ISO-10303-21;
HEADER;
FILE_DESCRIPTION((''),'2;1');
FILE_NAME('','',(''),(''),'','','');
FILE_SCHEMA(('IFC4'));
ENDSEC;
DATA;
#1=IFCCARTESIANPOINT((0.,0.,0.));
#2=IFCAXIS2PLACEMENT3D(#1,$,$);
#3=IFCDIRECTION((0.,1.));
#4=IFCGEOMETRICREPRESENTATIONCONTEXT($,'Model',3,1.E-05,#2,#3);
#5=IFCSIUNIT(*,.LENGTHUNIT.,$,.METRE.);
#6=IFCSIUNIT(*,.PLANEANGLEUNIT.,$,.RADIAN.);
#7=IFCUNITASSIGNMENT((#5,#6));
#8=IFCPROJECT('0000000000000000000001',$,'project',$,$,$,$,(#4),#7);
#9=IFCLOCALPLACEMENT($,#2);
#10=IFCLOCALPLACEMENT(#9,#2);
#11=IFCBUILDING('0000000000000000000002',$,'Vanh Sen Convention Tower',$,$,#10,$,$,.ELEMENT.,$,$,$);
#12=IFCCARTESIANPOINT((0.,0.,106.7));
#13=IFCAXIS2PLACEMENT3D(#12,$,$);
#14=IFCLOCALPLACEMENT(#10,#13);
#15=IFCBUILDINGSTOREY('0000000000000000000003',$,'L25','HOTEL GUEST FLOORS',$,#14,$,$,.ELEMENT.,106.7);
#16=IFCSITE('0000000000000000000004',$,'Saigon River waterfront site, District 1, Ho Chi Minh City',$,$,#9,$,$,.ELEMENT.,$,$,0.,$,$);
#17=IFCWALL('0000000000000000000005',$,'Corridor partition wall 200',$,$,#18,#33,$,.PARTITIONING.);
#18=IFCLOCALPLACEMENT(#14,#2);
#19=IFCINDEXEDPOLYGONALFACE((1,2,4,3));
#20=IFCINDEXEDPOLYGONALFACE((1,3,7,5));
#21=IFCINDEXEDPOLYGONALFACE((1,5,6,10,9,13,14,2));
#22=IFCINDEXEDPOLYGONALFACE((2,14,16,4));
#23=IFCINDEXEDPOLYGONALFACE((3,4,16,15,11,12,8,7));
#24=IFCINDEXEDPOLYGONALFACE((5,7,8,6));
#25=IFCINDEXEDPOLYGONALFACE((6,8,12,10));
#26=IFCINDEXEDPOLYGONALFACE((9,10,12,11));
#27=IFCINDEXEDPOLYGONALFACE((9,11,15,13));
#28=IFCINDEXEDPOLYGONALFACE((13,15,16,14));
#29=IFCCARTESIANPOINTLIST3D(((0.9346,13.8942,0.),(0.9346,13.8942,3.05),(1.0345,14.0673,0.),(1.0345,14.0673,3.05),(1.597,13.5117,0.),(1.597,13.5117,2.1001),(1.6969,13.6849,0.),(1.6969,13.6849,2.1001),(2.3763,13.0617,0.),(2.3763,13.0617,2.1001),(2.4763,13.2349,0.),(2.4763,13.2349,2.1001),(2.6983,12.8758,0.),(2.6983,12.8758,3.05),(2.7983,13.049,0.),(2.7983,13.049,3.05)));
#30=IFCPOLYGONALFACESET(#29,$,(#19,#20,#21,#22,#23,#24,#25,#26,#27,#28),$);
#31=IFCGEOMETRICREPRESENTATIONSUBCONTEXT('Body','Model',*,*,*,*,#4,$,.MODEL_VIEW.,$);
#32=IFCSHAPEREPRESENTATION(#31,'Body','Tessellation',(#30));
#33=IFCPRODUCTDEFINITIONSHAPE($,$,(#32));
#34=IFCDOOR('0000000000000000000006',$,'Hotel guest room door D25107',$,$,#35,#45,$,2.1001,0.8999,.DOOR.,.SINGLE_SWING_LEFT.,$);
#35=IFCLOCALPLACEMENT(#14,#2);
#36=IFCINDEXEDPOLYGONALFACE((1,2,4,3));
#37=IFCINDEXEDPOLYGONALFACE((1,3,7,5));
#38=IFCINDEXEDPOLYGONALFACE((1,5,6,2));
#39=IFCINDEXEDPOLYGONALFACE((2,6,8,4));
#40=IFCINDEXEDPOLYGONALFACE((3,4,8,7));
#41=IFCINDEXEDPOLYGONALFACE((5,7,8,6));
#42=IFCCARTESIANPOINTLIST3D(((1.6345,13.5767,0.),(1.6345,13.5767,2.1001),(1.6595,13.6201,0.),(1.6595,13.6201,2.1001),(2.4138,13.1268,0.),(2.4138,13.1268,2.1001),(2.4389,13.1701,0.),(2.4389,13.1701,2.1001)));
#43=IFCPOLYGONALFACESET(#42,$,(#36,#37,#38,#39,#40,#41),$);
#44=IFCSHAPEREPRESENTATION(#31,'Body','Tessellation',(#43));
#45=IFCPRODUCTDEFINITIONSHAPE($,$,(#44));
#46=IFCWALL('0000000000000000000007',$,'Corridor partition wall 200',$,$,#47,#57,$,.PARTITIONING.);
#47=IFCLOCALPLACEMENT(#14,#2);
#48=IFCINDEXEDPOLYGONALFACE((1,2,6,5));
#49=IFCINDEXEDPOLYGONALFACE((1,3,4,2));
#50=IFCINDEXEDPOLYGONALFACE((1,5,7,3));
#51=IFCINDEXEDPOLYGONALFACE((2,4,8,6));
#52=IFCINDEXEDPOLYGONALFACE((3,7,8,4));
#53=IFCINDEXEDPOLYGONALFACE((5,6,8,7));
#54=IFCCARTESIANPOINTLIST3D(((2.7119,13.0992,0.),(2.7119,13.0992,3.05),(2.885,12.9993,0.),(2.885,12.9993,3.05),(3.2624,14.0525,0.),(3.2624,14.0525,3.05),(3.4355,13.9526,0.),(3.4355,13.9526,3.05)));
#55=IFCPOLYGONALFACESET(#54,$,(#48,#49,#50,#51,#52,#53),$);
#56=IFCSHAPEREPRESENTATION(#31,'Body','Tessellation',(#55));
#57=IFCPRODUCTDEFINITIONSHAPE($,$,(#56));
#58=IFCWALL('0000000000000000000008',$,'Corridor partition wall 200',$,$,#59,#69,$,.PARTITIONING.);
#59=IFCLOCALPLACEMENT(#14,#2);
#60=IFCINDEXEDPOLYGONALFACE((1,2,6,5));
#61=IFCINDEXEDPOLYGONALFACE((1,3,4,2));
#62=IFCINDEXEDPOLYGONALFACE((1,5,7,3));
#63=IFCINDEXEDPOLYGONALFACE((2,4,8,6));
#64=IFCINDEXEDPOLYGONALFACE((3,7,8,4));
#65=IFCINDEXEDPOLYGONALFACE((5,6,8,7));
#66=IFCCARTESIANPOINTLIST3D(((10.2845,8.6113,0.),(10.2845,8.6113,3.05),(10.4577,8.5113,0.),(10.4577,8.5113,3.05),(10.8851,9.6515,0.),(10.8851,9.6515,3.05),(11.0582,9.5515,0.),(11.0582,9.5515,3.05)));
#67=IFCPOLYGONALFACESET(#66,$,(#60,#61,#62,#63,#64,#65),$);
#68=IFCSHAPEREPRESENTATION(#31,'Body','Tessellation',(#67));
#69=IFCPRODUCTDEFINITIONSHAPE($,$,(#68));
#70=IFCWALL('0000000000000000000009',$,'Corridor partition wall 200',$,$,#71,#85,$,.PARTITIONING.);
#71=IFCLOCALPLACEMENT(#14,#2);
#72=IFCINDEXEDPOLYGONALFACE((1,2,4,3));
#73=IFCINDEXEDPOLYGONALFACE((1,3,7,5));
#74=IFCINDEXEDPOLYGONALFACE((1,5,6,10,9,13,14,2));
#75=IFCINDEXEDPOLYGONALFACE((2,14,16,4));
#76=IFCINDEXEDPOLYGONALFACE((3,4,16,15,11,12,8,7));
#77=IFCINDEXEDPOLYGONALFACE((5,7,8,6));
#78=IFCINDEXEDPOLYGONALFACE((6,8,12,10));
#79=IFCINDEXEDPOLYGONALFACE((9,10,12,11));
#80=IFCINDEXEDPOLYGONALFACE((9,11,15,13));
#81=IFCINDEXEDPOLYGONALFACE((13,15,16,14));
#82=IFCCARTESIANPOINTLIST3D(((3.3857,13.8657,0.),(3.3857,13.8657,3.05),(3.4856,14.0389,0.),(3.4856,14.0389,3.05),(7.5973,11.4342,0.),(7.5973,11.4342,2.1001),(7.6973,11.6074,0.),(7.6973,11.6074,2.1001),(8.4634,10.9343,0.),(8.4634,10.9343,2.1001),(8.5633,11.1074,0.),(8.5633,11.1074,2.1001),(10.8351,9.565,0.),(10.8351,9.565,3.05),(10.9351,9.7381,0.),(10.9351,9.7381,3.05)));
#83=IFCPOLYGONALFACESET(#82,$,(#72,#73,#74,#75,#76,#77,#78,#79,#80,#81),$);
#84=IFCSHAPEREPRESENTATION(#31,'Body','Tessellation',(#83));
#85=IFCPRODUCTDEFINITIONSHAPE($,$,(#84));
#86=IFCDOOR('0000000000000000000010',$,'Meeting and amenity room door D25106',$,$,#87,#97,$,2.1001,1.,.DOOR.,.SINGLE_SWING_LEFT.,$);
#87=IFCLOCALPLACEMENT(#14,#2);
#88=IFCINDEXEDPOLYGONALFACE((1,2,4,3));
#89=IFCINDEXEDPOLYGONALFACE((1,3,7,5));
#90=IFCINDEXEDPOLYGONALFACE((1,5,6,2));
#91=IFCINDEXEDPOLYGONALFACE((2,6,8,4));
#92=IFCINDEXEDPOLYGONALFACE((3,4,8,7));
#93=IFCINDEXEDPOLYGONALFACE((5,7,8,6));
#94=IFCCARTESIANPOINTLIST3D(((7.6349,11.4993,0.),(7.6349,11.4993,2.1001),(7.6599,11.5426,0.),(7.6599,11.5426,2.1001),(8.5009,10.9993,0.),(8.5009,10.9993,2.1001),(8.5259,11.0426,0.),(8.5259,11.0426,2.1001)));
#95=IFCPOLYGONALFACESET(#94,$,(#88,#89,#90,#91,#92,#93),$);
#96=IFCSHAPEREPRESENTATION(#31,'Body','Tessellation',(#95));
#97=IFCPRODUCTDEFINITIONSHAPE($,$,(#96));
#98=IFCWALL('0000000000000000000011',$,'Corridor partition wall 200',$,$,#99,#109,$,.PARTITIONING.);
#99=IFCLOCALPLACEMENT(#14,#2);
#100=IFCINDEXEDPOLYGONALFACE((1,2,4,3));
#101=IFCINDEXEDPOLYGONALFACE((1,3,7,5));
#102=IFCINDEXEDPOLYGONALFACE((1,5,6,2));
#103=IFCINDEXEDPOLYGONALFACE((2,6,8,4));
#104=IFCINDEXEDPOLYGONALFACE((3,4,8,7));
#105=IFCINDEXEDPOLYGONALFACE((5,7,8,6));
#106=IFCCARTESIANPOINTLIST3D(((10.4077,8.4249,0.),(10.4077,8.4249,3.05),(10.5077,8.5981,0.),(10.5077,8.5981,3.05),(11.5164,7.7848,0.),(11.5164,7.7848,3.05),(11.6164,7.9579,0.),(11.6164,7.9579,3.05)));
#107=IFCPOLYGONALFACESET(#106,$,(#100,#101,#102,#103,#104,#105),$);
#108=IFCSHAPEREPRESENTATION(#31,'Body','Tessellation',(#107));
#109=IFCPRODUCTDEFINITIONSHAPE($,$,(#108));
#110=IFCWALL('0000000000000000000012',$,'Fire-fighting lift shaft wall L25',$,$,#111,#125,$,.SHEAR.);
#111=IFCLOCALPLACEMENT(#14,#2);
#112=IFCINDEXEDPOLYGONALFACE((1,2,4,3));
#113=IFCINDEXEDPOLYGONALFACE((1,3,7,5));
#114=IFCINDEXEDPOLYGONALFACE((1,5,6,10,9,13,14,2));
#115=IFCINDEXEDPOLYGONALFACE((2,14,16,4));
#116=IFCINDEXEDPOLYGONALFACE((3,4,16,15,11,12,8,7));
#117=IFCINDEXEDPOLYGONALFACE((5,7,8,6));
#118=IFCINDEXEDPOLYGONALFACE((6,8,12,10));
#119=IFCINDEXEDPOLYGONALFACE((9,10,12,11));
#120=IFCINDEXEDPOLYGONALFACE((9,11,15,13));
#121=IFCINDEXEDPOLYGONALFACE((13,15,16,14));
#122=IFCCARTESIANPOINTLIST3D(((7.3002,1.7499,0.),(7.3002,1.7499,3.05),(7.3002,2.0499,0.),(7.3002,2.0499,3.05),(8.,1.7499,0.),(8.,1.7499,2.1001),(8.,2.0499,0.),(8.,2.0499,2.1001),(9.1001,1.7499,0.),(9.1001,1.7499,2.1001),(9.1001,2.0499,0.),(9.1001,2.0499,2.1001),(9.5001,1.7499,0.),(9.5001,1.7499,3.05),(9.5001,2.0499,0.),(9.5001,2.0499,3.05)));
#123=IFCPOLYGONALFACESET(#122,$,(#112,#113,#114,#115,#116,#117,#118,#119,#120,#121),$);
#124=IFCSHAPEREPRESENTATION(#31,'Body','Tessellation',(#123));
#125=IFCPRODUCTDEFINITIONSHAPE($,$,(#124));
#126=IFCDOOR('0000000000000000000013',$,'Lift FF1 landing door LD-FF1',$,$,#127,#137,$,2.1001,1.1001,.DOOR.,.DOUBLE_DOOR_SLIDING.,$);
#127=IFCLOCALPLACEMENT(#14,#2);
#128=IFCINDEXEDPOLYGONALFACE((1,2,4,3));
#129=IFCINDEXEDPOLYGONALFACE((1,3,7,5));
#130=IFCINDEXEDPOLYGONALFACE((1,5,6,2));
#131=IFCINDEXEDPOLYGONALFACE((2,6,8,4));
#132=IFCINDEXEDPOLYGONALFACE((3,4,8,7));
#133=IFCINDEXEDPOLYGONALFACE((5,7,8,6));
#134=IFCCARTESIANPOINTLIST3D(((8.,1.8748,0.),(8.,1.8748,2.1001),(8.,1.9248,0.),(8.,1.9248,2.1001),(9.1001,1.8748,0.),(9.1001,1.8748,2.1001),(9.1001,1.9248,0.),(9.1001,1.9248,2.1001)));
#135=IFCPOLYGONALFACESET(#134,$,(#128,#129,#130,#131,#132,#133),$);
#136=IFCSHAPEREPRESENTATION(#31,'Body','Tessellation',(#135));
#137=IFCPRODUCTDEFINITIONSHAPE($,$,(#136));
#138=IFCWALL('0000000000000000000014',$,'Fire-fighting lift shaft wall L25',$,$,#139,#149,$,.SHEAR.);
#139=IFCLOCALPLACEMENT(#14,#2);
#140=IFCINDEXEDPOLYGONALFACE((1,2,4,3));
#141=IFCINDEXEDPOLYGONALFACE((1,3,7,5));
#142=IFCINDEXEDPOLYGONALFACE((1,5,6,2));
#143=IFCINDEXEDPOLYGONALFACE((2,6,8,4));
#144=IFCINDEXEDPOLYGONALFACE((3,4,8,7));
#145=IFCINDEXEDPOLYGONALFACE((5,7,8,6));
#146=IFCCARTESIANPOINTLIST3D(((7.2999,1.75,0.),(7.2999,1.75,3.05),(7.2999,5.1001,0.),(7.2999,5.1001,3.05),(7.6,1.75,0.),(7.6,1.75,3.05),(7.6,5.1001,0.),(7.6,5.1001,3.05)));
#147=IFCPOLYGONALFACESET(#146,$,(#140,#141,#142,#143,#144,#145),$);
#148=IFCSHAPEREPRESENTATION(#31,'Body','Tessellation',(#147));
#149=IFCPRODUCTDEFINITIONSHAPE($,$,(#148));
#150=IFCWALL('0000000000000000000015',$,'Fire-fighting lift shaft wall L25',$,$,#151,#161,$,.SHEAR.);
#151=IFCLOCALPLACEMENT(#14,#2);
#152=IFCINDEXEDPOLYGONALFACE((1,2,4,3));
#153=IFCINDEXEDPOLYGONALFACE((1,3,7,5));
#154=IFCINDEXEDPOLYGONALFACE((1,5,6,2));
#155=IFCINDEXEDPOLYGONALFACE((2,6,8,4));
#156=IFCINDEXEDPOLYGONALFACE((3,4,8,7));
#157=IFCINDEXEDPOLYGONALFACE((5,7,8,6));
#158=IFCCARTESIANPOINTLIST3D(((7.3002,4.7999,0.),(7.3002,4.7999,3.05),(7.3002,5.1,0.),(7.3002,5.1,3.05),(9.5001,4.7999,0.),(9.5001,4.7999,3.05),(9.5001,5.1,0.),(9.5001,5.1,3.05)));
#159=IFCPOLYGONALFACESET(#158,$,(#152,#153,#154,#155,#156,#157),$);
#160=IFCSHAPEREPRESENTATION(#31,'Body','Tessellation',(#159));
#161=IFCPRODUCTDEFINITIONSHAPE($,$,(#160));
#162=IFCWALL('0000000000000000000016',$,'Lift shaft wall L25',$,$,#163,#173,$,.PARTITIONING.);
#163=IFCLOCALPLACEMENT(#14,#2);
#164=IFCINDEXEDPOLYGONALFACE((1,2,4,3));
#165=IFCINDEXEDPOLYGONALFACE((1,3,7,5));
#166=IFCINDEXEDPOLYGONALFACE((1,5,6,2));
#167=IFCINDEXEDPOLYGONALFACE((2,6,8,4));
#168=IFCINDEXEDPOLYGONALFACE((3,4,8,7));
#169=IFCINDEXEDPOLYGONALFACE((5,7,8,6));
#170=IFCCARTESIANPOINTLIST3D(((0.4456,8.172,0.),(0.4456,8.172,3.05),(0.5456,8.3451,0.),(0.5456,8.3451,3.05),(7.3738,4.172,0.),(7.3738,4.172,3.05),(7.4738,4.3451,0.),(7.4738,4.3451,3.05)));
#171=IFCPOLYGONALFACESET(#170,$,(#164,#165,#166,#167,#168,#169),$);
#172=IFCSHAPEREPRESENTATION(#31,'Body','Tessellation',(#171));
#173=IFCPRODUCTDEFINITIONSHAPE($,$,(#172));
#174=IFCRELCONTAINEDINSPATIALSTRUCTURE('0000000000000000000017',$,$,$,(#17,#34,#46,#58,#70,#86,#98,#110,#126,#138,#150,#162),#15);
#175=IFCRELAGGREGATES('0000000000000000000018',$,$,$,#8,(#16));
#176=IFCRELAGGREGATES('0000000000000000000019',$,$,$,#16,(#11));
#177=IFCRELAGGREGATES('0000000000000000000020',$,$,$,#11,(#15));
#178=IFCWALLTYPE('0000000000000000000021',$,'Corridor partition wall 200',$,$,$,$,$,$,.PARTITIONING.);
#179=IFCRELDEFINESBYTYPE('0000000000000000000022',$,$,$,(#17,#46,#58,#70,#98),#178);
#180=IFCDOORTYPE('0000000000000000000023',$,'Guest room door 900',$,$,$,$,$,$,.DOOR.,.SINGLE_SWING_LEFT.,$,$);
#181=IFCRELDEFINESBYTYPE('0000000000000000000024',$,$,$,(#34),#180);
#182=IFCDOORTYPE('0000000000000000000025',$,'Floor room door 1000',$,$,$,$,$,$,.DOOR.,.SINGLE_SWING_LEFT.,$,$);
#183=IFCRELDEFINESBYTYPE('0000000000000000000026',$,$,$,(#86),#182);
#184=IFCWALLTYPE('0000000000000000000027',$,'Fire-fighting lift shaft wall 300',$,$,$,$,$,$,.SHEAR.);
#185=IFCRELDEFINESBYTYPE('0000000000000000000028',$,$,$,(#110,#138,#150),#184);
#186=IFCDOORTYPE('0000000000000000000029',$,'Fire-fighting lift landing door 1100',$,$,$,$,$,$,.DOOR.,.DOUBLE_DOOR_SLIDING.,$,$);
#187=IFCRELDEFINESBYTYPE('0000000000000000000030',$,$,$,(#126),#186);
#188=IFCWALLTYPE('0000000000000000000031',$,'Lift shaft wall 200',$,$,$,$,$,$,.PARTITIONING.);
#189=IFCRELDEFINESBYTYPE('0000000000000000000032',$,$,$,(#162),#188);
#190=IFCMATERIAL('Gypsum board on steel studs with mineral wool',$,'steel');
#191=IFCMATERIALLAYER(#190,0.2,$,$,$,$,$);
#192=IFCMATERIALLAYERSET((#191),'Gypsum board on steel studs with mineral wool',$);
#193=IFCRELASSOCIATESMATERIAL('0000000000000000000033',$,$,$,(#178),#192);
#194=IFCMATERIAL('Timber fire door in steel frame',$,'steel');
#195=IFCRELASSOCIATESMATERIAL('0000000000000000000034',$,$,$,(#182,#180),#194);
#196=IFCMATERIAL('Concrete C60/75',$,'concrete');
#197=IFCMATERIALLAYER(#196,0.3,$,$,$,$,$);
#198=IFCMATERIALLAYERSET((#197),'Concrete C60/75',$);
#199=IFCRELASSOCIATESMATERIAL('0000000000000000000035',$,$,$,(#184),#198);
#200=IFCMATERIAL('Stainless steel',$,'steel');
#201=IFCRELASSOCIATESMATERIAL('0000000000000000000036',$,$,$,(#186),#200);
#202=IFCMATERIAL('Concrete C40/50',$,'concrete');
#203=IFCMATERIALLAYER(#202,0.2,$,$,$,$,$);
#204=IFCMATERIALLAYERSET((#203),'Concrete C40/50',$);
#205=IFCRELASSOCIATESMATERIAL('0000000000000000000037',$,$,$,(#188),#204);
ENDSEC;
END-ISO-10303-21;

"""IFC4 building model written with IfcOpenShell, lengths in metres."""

from ifc_helpers import new_model, si_unit, direction, frame, frame_2d, origin, place, context, subcontext, project, spatial, rectangle, extrude, material, layer, layer_set, type_object, element, fill, save


model = new_model("IFC4")

# Units and contexts
model_context = context("Model", 3, precision=1e-05, world=origin(), true_north=direction((0.0, 1.0)))
body_context = subcontext(model_context, "Body", "Model", "MODEL_VIEW")
ifc_project = project(units=[si_unit("LENGTHUNIT", "METRE"), si_unit("PLANEANGLEUNIT", "RADIAN")], contexts=[model_context])

# Site, building, storey
site_placement = place(None, origin())
site = spatial("IfcSite", under=ifc_project, at=site_placement, Name="Saigon River waterfront site, District 1, Ho Chi Minh City", CompositionType="ELEMENT", RefElevation=0.0)
building_placement = place(site_placement, origin())
building = spatial("IfcBuilding", under=site, at=building_placement, Name="Vanh Sen Convention Tower", CompositionType="ELEMENT")
storey_placement = place(building_placement, frame((0.0, 0.0, 106.7)))
storey = spatial("IfcBuildingStorey", under=building, at=storey_placement, Name="L25", Description="HOTEL GUEST FLOORS", CompositionType="ELEMENT", Elevation=106.7)

# Shared definitions
ifc_material_1 = material(Name="Stainless steel", Category="steel")

# Wall, opening, door
ifc_material_2 = material(Name="Gypsum board on steel studs with mineral wool", Category="steel")
ifc_layer_1 = layer(ifc_material_2, 0.2)
ifc_layer_set_1 = layer_set([ifc_layer_1], Name="Gypsum board on steel studs with mineral wool")
wall_type_1 = type_object("IfcWallType", Name="Corridor partition wall 200", PredefinedType="PARTITIONING", material=ifc_layer_set_1)
ifc_material_3 = material(Name="Timber fire door in steel frame", Category="steel")
door_type_1 = type_object("IfcDoorType", Name="Floor room door 1000", OperationType="SINGLE_SWING_LEFT", PredefinedType="DOOR", material=ifc_material_3)
wall_1_placement = place(storey_placement, frame((2.7483, 12.9624, 0.0), z_axis=(0.0, 0.0, 1.0), x_axis=(-0.866014, 0.50002, 0.0)))
wall_1 = element("IfcWall", 1, at=wall_1_placement, inside=storey, type_object=wall_type_1, Name="Corridor partition wall 200", PredefinedType="PARTITIONING", context=body_context, shape_type="SweptSolid", body=[
    extrude(rectangle(XDim=2.0366, YDim=0.2, at=frame_2d((1.0183, 0.0))), origin(), (0.0, 0.0, 1.0), 3.05),
])
opening_1_placement = place(wall_1_placement, frame((0.3718, 0.0, 0.0)))
opening_1 = element("IfcOpeningElement", 2, at=opening_1_placement, cuts=wall_1, PredefinedType="OPENING", context=body_context, shape_type="SweptSolid", body=[
    extrude(rectangle(XDim=0.8999, YDim=2.1001, at=frame_2d((0.45, 1.05))), frame((0.0, 0.1099, 0.0), z_axis=(0.0, -1.0, 0.0), x_axis=(1.0, 0.0, 0.0)), (0.0, 0.0, 1.0), 0.22),
])
door_type_2 = type_object("IfcDoorType", Name="Guest room door 900", OperationType="SINGLE_SWING_LEFT", PredefinedType="DOOR", material=ifc_material_3)
door_1_placement = place(opening_1_placement, origin())
door_1 = element("IfcDoor", 3, at=door_1_placement, inside=storey, type_object=door_type_2, Name="Hotel guest room door D25107", OperationType="SINGLE_SWING_LEFT", OverallHeight=2.1001, OverallWidth=0.8999, PredefinedType="DOOR", context=body_context, shape_type="SweptSolid", body=[
    extrude(rectangle(XDim=0.8999, YDim=2.1001, at=frame_2d((0.45, 1.05))), frame((0.0, 0.0249, 0.0), z_axis=(0.0, -1.0, 0.0), x_axis=(1.0, 0.0, 0.0)), (0.0, 0.0, 1.0), 0.05),
])
fill(opening_1, door_1)

# Walls
wall_2_placement = place(storey_placement, frame((3.3489, 14.0024, 0.0), z_axis=(0.0, 0.0, 1.0), x_axis=(-0.500074, -0.865982, 0.0)))
element("IfcWall", 4, at=wall_2_placement, inside=storey, type_object=wall_type_1, Name="Corridor partition wall 200", PredefinedType="PARTITIONING", context=body_context, shape_type="SweptSolid", body=[
    extrude(rectangle(XDim=1.1008, YDim=0.2, at=frame_2d((0.5503, 0.0))), origin(), (0.0, 0.0, 1.0), 3.05),
])
wall_3_placement = place(storey_placement, frame((10.3711, 8.5613, 0.0), z_axis=(0.0, 0.0, 1.0), x_axis=(0.499986, 0.866033, 0.0)))
element("IfcWall", 5, at=wall_3_placement, inside=storey, type_object=wall_type_1, Name="Corridor partition wall 200", PredefinedType="PARTITIONING", context=body_context, shape_type="SweptSolid", body=[
    extrude(rectangle(XDim=1.2012, YDim=0.2, at=frame_2d((0.6006, 0.0))), origin(), (0.0, 0.0, 1.0), 3.05),
])

# Wall, opening, door
wall_4_placement = place(storey_placement, frame((10.885, 9.6516, 0.0), z_axis=(0.0, 0.0, 1.0), x_axis=(-0.866034, 0.499985, 0.0)))
wall_4 = element("IfcWall", 6, at=wall_4_placement, inside=storey, type_object=wall_type_1, Name="Corridor partition wall 200", PredefinedType="PARTITIONING", context=body_context, shape_type="SweptSolid", body=[
    extrude(rectangle(XDim=8.6018, YDim=0.2, at=frame_2d((4.3008, 0.0))), origin(), (0.0, 0.0, 1.0), 3.05),
])
opening_2_placement = place(wall_4_placement, frame((2.7385, 0.0, 0.0)))
opening_2 = element("IfcOpeningElement", 7, at=opening_2_placement, cuts=wall_4, PredefinedType="OPENING", context=body_context, shape_type="SweptSolid", body=[
    extrude(rectangle(XDim=1.0, YDim=2.1001, at=frame_2d((0.5, 1.05))), frame((0.0, 0.1099, 0.0), z_axis=(0.0, -1.0, 0.0), x_axis=(1.0, 0.0, 0.0)), (0.0, 0.0, 1.0), 0.22),
])
door_2_placement = place(opening_2_placement, origin())
door_2 = element("IfcDoor", 8, at=door_2_placement, inside=storey, type_object=door_type_1, Name="Meeting and amenity room door D25106", OperationType="SINGLE_SWING_LEFT", OverallHeight=2.1001, OverallWidth=1.0, PredefinedType="DOOR", context=body_context, shape_type="SweptSolid", body=[
    extrude(rectangle(XDim=1.0, YDim=2.1001, at=frame_2d((0.5, 1.05))), frame((0.0, 0.0249, 0.0), z_axis=(0.0, -1.0, 0.0), x_axis=(1.0, 0.0, 0.0)), (0.0, 0.0, 1.0), 0.05),
])
fill(opening_2, door_2)

# Wall
wall_5_placement = place(storey_placement, frame((11.5664, 7.8713, 0.0), z_axis=(0.0, 0.0, 1.0), x_axis=(-0.866005, 0.500036, 0.0)))
element("IfcWall", 9, at=wall_5_placement, inside=storey, type_object=wall_type_1, Name="Corridor partition wall 200", PredefinedType="PARTITIONING", context=body_context, shape_type="SweptSolid", body=[
    extrude(rectangle(XDim=1.2803, YDim=0.2, at=frame_2d((0.6401, 0.0))), origin(), (0.0, 0.0, 1.0), 3.05),
])

# Wall, opening, door
ifc_material_4 = material(Name="Concrete C60/75", Category="concrete")
ifc_layer_2 = layer(ifc_material_4, 0.3)
ifc_layer_set_2 = layer_set([ifc_layer_2], Name="Concrete C60/75")
wall_type_2 = type_object("IfcWallType", Name="Fire-fighting lift shaft wall 300", PredefinedType="SHEAR", material=ifc_layer_set_2)
wall_6_placement = place(storey_placement, frame((7.3, 1.8999, 0.0), z_axis=(0.0, 0.0, 1.0), x_axis=(1.0, 0.0, 0.0)))
wall_6 = element("IfcWall", 10, at=wall_6_placement, inside=storey, type_object=wall_type_2, Name="Fire-fighting lift shaft wall L25", PredefinedType="SHEAR", context=body_context, shape_type="SweptSolid", body=[
    extrude(rectangle(XDim=2.2, YDim=0.3, at=frame_2d((1.1001, 0.0))), origin(), (0.0, 0.0, 1.0), 3.05),
])
opening_3_placement = place(wall_6_placement, frame((0.7, 0.0, 0.0)))
opening_3 = element("IfcOpeningElement", 11, at=opening_3_placement, cuts=wall_6, PredefinedType="OPENING", context=body_context, shape_type="SweptSolid", body=[
    extrude(rectangle(XDim=1.1001, YDim=2.1001, at=frame_2d((0.55, 1.05))), frame((0.0, 0.1599, 0.0), z_axis=(0.0, -1.0, 0.0), x_axis=(1.0, 0.0, 0.0)), (0.0, 0.0, 1.0), 0.3201),
])
door_type_3 = type_object("IfcDoorType", Name="Fire-fighting lift landing door 1100", OperationType="DOUBLE_DOOR_SLIDING", PredefinedType="DOOR", material=ifc_material_1)
door_3_placement = place(opening_3_placement, origin())
door_3 = element("IfcDoor", 12, at=door_3_placement, inside=storey, type_object=door_type_3, Name="Lift FF1 landing door LD-FF1", OperationType="DOUBLE_DOOR_SLIDING", OverallHeight=2.1001, OverallWidth=1.1001, PredefinedType="DOOR", context=body_context, shape_type="SweptSolid", body=[
    extrude(rectangle(XDim=1.1001, YDim=2.1001, at=frame_2d((0.55, 1.05))), frame((0.0, 0.0249, 0.0), z_axis=(0.0, -1.0, 0.0), x_axis=(1.0, 0.0, 0.0)), (0.0, 0.0, 1.0), 0.05),
])
fill(opening_3, door_3)

# Walls
wall_7_placement = place(storey_placement, frame((7.45, 1.75, 0.0), z_axis=(0.0, 0.0, 1.0), x_axis=(0.0, 1.0, 0.0)))
element("IfcWall", 13, at=wall_7_placement, inside=storey, type_object=wall_type_2, Name="Fire-fighting lift shaft wall L25", PredefinedType="SHEAR", context=body_context, shape_type="SweptSolid", body=[
    extrude(rectangle(XDim=3.3501, YDim=0.3, at=frame_2d((1.675, 0.0))), origin(), (0.0, 0.0, 1.0), 3.05),
])
wall_8_placement = place(storey_placement, frame((7.3, 4.95, 0.0), z_axis=(0.0, 0.0, 1.0), x_axis=(1.0, 0.0, 0.0)))
element("IfcWall", 14, at=wall_8_placement, inside=storey, type_object=wall_type_2, Name="Fire-fighting lift shaft wall L25", PredefinedType="SHEAR", context=body_context, shape_type="SweptSolid", body=[
    extrude(rectangle(XDim=2.2, YDim=0.3, at=frame_2d((1.1001, 0.0))), origin(), (0.0, 0.0, 1.0), 3.05),
])
ifc_material_5 = material(Name="Concrete C40/50", Category="concrete")
ifc_layer_3 = layer(ifc_material_5, 0.2)
ifc_layer_set_3 = layer_set([ifc_layer_3], Name="Concrete C40/50")
wall_type_3 = type_object("IfcWallType", Name="Lift shaft wall 200", PredefinedType="PARTITIONING", material=ifc_layer_set_3)
wall_9_placement = place(storey_placement, frame((7.4238, 4.2585, 0.0), z_axis=(0.0, 0.0, 1.0), x_axis=(-0.866026, 0.499999, 0.0)))
element("IfcWall", 15, at=wall_9_placement, inside=storey, type_object=wall_type_3, Name="Lift shaft wall L25", PredefinedType="PARTITIONING", context=body_context, shape_type="SweptSolid", body=[
    extrude(rectangle(XDim=8.0, YDim=0.2, at=frame_2d((4.0, 0.0))), origin(), (0.0, 0.0, 1.0), 3.05),
])

save(model, "model.ifc")
